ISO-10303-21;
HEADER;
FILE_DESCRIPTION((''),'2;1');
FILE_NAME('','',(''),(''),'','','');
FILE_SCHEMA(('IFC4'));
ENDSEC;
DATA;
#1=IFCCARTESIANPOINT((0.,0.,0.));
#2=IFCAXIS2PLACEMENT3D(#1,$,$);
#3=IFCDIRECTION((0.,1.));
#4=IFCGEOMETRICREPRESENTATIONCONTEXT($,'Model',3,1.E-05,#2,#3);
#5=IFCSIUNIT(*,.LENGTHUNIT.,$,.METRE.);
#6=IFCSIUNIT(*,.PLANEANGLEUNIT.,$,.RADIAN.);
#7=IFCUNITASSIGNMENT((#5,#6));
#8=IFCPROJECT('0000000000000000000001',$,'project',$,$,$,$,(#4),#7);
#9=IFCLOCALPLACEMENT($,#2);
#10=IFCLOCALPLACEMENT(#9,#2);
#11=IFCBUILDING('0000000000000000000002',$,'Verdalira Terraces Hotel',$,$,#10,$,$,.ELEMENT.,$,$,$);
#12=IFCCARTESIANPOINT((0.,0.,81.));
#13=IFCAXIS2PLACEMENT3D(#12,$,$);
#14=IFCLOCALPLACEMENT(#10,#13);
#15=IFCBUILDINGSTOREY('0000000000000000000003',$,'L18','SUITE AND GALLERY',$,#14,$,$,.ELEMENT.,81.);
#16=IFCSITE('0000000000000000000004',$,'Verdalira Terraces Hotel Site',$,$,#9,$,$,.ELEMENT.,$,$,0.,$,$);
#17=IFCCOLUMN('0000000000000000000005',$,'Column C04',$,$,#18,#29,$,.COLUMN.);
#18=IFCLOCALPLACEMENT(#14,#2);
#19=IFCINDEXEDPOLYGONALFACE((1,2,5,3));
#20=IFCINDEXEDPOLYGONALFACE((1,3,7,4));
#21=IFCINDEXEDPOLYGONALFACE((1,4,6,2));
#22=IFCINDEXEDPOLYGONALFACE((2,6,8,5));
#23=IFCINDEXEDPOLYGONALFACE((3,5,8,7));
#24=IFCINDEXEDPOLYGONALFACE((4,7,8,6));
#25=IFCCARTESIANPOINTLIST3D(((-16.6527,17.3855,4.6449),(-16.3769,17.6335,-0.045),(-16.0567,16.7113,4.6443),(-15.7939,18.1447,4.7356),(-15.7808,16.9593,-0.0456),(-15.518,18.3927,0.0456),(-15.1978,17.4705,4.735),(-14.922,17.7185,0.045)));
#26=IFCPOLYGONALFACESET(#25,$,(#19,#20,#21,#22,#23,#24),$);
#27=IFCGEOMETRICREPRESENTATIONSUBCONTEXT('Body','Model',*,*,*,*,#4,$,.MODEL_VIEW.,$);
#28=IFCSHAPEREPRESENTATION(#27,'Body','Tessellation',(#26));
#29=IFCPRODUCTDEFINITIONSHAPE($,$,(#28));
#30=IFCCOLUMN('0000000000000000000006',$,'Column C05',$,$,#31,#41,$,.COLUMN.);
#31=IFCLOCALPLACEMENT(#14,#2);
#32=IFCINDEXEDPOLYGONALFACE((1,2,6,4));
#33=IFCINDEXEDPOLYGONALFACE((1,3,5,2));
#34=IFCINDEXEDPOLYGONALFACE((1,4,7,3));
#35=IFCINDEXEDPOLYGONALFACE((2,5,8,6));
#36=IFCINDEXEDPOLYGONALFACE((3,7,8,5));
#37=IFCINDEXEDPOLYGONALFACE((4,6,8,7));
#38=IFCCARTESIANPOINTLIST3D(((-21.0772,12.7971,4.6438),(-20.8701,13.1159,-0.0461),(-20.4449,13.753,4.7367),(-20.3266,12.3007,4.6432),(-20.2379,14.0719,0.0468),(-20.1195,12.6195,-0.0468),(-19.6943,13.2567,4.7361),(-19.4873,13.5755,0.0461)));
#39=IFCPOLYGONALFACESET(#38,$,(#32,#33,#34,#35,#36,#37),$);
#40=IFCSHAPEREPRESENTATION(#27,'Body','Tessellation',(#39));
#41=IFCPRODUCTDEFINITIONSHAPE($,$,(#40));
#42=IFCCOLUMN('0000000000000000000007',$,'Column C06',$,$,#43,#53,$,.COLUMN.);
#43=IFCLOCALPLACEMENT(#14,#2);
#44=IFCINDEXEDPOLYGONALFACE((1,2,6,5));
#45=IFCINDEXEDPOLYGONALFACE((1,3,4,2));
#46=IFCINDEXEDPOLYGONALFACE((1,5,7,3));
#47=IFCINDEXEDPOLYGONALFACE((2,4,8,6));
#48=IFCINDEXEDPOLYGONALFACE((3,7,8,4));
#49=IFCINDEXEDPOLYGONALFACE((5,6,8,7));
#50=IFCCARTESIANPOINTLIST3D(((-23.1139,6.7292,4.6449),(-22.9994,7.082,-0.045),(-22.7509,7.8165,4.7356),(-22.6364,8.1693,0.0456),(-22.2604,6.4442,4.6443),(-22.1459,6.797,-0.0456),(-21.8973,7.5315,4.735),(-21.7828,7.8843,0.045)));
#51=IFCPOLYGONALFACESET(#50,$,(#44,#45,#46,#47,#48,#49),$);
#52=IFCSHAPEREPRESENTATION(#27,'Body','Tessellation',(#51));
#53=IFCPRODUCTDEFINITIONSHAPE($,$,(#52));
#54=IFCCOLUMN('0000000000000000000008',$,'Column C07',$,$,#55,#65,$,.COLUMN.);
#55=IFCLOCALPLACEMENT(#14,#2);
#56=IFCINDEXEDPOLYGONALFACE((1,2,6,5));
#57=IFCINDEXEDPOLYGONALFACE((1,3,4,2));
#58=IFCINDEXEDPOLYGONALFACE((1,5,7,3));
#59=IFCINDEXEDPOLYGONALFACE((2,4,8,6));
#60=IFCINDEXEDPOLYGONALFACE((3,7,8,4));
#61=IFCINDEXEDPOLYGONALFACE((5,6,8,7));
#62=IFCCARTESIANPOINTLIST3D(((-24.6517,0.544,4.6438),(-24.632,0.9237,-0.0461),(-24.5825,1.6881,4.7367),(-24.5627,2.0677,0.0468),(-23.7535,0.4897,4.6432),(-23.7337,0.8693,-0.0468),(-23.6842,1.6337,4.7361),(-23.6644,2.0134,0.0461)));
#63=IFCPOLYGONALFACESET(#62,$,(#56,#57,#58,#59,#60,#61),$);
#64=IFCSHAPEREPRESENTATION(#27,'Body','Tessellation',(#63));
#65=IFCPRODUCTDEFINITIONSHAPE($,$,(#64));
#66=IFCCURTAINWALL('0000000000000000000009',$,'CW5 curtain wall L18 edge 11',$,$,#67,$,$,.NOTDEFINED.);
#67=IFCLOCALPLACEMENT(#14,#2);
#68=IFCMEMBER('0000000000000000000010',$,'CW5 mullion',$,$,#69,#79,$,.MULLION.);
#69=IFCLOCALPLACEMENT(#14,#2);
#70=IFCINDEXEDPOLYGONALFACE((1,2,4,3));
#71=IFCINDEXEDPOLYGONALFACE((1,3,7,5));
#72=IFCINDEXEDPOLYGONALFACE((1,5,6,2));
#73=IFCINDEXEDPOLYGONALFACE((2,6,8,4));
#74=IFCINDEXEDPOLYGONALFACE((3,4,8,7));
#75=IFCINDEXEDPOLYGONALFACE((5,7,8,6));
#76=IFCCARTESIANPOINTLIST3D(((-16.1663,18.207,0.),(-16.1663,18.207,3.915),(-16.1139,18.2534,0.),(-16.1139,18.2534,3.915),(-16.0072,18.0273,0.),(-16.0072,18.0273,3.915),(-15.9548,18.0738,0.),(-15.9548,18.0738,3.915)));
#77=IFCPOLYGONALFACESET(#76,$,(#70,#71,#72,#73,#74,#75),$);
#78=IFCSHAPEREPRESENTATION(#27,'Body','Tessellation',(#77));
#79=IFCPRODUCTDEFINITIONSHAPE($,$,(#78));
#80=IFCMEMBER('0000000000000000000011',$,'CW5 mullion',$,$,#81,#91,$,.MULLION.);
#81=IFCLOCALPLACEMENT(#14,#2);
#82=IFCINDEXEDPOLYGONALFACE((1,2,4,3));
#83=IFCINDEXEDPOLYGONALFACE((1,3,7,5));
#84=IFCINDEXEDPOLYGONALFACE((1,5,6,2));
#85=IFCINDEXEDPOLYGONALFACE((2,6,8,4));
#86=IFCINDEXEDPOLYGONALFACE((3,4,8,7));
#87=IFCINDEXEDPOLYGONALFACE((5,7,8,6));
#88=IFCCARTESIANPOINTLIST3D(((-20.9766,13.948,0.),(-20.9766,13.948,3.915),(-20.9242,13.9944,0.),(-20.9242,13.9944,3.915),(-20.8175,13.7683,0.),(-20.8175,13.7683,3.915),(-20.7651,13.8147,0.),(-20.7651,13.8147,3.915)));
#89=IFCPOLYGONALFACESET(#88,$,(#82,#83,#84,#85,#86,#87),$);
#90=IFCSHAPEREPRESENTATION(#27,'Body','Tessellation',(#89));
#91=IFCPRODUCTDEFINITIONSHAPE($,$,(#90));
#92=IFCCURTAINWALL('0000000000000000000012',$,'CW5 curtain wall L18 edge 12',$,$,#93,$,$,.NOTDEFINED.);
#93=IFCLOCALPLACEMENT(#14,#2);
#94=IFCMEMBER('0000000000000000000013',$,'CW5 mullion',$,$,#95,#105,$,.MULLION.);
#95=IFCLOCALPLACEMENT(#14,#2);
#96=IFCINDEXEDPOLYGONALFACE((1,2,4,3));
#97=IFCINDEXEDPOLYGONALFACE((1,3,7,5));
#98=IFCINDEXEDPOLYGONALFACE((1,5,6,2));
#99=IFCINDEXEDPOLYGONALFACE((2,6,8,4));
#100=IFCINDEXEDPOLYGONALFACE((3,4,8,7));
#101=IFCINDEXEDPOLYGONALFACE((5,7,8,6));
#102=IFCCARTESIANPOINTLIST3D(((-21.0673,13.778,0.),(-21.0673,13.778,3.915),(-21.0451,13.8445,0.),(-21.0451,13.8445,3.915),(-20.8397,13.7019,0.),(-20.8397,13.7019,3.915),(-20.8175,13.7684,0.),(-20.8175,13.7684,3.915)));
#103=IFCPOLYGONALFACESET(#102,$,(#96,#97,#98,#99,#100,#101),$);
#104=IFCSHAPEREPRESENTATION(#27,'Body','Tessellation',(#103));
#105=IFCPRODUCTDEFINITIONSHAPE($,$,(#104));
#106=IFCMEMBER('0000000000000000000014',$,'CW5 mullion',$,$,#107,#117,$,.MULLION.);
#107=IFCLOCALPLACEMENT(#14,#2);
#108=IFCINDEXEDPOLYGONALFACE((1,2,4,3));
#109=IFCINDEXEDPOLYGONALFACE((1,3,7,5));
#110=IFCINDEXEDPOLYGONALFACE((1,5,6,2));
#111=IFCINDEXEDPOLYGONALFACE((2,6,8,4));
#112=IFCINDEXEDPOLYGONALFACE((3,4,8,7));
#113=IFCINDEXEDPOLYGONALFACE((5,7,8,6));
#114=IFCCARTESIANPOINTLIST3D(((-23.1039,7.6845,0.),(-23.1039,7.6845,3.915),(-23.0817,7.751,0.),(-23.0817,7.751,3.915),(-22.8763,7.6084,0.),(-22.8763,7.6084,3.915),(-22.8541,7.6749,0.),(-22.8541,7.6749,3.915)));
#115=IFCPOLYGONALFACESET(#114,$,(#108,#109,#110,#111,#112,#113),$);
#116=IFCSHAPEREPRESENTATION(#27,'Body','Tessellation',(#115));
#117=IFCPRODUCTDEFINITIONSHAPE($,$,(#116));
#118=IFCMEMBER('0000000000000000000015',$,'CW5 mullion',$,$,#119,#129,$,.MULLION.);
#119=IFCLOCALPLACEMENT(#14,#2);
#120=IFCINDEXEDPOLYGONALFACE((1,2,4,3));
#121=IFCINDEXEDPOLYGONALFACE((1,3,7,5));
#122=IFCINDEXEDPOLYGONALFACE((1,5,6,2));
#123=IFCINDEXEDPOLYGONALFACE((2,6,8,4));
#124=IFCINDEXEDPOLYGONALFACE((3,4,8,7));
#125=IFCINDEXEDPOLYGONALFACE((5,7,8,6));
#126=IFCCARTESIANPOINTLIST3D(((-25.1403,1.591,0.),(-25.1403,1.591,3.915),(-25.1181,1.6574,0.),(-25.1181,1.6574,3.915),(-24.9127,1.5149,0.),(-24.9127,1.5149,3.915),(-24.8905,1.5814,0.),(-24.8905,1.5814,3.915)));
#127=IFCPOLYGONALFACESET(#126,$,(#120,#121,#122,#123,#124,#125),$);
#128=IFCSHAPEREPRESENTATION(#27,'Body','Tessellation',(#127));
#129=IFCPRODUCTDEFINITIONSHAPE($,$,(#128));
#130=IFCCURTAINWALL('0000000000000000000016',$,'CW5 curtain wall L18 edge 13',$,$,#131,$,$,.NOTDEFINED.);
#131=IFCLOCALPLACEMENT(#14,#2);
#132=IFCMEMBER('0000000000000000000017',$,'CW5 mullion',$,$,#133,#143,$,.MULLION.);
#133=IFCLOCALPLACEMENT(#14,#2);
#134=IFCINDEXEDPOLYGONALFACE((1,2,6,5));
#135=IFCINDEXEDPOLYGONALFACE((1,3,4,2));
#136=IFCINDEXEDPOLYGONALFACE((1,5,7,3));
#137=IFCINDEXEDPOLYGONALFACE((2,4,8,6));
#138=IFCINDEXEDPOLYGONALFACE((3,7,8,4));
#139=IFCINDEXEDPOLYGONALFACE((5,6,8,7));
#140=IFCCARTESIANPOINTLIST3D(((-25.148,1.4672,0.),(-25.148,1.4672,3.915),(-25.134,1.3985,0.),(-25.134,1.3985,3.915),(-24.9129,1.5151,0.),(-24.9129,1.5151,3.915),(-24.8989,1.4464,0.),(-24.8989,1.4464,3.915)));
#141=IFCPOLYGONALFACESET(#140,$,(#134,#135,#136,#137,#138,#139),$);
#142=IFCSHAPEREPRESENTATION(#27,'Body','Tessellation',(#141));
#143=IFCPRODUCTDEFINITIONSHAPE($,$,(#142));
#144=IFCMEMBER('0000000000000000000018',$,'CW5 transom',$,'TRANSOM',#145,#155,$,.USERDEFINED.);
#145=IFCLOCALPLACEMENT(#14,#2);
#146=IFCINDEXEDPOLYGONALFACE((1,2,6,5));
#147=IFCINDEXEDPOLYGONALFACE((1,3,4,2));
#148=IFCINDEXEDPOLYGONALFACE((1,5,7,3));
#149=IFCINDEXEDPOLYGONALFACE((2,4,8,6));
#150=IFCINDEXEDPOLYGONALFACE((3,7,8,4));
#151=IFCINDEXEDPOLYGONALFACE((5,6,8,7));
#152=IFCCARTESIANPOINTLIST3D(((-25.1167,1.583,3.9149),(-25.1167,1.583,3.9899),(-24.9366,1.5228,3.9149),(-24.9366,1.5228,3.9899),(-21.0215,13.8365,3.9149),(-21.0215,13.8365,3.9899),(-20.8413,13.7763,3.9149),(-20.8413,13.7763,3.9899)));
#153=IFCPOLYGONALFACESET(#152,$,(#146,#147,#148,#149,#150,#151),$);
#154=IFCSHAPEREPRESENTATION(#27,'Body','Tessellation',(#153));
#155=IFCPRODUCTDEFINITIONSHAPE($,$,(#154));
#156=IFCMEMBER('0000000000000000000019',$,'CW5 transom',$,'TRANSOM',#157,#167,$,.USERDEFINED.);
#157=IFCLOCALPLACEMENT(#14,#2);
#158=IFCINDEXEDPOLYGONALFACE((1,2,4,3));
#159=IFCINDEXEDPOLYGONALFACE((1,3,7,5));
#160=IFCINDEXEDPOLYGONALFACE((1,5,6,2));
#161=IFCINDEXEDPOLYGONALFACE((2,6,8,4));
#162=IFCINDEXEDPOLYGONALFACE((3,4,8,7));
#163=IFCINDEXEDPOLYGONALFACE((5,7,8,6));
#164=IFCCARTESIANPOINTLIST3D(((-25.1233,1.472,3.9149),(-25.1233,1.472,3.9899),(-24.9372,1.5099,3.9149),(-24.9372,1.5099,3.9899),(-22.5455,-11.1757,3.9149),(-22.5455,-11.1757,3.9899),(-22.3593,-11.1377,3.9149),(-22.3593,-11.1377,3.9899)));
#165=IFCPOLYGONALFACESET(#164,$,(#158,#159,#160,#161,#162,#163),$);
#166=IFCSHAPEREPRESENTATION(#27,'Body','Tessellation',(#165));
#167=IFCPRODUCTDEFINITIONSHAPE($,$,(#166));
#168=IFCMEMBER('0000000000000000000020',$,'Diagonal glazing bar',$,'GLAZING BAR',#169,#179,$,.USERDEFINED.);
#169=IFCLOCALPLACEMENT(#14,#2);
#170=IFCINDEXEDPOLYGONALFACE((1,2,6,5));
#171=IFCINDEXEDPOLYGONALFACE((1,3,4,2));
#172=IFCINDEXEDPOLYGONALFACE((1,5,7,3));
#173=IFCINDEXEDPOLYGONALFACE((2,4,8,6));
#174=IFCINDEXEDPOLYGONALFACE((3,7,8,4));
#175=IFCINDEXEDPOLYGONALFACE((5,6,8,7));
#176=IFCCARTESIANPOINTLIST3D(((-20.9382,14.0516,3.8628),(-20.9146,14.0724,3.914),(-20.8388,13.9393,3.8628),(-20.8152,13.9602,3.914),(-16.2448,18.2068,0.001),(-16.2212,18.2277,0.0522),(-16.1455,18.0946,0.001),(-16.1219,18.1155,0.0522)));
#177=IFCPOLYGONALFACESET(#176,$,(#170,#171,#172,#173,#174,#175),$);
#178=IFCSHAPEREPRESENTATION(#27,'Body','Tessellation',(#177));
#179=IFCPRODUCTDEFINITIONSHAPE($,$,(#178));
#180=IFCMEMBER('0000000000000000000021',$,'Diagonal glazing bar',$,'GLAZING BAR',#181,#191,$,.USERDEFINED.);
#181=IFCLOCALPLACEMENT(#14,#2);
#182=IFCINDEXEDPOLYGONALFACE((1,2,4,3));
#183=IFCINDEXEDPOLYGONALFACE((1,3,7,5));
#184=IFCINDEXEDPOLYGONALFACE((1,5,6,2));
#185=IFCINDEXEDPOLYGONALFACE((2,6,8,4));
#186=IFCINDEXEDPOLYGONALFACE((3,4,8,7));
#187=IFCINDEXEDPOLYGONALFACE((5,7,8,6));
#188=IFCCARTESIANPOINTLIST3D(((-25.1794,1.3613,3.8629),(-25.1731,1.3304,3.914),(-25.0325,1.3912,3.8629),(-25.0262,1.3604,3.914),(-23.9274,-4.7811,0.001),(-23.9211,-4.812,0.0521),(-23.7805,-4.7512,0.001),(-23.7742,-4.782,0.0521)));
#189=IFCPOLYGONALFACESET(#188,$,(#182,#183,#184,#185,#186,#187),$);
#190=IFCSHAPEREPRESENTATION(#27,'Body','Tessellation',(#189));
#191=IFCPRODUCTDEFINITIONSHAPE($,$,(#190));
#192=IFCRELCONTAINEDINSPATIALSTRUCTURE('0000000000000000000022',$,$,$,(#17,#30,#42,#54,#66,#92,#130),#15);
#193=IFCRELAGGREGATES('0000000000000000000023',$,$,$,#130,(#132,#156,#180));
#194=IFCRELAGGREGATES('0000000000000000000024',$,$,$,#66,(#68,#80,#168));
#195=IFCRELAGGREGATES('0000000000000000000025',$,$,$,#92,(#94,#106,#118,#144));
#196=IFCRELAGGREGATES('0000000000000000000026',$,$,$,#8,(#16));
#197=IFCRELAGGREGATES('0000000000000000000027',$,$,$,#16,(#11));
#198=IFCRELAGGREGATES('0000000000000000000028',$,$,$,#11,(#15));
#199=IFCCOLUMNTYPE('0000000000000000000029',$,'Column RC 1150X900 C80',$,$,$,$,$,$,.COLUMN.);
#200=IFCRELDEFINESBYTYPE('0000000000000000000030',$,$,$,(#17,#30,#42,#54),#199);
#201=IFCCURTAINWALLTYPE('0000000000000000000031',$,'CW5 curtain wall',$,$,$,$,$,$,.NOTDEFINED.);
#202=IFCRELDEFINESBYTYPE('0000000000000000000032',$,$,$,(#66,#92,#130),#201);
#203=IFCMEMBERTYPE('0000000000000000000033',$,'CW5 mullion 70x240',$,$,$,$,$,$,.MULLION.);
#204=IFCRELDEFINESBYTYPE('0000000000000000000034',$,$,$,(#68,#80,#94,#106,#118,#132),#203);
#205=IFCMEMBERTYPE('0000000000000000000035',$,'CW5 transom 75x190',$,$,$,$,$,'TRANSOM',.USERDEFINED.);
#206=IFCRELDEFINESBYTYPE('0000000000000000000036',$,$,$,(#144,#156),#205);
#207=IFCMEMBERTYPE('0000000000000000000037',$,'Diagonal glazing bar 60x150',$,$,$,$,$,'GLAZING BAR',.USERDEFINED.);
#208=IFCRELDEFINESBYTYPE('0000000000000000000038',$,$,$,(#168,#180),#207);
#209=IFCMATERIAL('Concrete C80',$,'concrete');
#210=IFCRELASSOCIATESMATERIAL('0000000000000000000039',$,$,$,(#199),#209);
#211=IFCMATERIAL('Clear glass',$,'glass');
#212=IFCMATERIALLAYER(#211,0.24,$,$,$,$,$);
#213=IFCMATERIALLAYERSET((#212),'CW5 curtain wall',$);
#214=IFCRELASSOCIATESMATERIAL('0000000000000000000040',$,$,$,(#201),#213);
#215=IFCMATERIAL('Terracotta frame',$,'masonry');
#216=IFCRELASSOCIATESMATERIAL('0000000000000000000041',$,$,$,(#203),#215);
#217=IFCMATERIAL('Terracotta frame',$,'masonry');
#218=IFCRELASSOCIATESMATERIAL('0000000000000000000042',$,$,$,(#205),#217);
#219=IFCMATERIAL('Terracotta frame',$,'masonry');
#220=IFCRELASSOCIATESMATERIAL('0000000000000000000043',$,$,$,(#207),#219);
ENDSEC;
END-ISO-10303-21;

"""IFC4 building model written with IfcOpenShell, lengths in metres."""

from ifc_helpers import new_model, si_unit, direction, frame, origin, origin_2d, place, context, subcontext, project, spatial, rectangle, extrude, material, layer, layer_set, material_profile, profile_set, type_object, element, aggregate, save


model = new_model("IFC4")

# Units and contexts
model_context = context("Model", 3, precision=1e-05, world=origin(), true_north=direction((0.0, 1.0)))
body_context = subcontext(model_context, "Body", "Model", "MODEL_VIEW")
ifc_project = project(units=[si_unit("LENGTHUNIT", "METRE"), si_unit("PLANEANGLEUNIT", "RADIAN")], contexts=[model_context])

# Site, building, storey
site_placement = place(None, origin())
site = spatial("IfcSite", under=ifc_project, at=site_placement, Name="Verdalira Terraces Hotel Site", CompositionType="ELEMENT", RefElevation=0.0)
building_placement = place(site_placement, origin())
building = spatial("IfcBuilding", under=site, at=building_placement, Name="Verdalira Terraces Hotel", CompositionType="ELEMENT")
storey_placement = place(building_placement, frame((0.0, 0.0, 81.0)))
storey = spatial("IfcBuildingStorey", under=building, at=storey_placement, Name="L18", Description="SUITE AND GALLERY", CompositionType="ELEMENT", Elevation=81.0)

# Columns
ifc_material_1 = material(Name="Concrete C80", Category="concrete")
ifc_material_profile_1 = material_profile(ifc_material_1, rectangle(XDim=1.1499, YDim=0.8999, at=origin_2d()), Name="RC 1150X900")
ifc_profile_set_1 = profile_set([ifc_material_profile_1], Name="Concrete C80")
column_type = type_object("IfcColumnType", Name="Column RC 1150X900 C80", PredefinedType="COLUMN", material=ifc_profile_set_1)
column_1_placement = place(storey_placement, frame((-15.6494, 17.676, 0.0), z_axis=(-0.05864, -0.052724, 0.996886), x_axis=(-0.746898, -0.660246, -0.078855)))
element("IfcColumn", 1, at=column_1_placement, inside=storey, type_object=column_type, Name="Column C04", PredefinedType="COLUMN", context=body_context, shape_type="SweptSolid", body=[
    extrude(rectangle(XDim=1.1499, YDim=0.8999, at=origin_2d()), origin(), (0.0, 0.0, 1.0), 4.7046),
])
column_2_placement = place(storey_placement, frame((-20.1787, 13.3457, 0.0), z_axis=(-0.043999, -0.067763, 0.996731), x_axis=(0.549832, 0.831359, 0.080792)))
element("IfcColumn", 2, at=column_2_placement, inside=storey, type_object=column_type, Name="Column C05", PredefinedType="COLUMN", context=body_context, shape_type="SweptSolid", body=[
    extrude(rectangle(XDim=1.1499, YDim=0.8999, at=origin_2d()), origin(), (0.0, 0.0, 1.0), 4.7053),
])
column_3_placement = place(storey_placement, frame((-22.3911, 7.4832, 0.0), z_axis=(-0.024338, -0.074987, 0.996887), x_axis=(-0.315735, -0.945567, -0.078835)))
element("IfcColumn", 3, at=column_3_placement, inside=storey, type_object=column_type, Name="Column C06", PredefinedType="COLUMN", context=body_context, shape_type="SweptSolid", body=[
    extrude(rectangle(XDim=1.1499, YDim=0.8999, at=origin_2d()), origin(), (0.0, 0.0, 1.0), 4.7046),
])
column_4_placement = place(storey_placement, frame((-24.1482, 1.4685, 0.0), z_axis=(-0.004203, -0.080683, 0.996731), x_axis=(0.060242, 0.994909, 0.080789)))
element("IfcColumn", 4, at=column_4_placement, inside=storey, type_object=column_type, Name="Column C07", PredefinedType="COLUMN", context=body_context, shape_type="SweptSolid", body=[
    extrude(rectangle(XDim=1.1499, YDim=0.8999, at=origin_2d()), origin(), (0.0, 0.0, 1.0), 4.7053),
])

# Curtain walls, members
ifc_material_2 = material(Name="Clear glass", Category="glass")
ifc_layer_1 = layer(ifc_material_2, 0.24)
ifc_layer_set_1 = layer_set([ifc_layer_1], Name="CW5 curtain wall")
curtain_wall_type = type_object("IfcCurtainWallType", Name="CW5 curtain wall", PredefinedType="NOTDEFINED", material=ifc_layer_set_1)
curtain_wall_1_placement = place(storey_placement, origin())
curtain_wall_1 = element("IfcCurtainWall", 5, at=curtain_wall_1_placement, inside=storey, type_object=curtain_wall_type, Name="CW5 curtain wall L18 edge 11", PredefinedType="NOTDEFINED")
ifc_material_3 = material(Name="Terracotta frame", Category="masonry")
ifc_material_profile_2 = material_profile(ifc_material_3, rectangle(XDim=0.0701, YDim=0.24, at=origin_2d()), Name="MU 70x240")
ifc_profile_set_2 = profile_set([ifc_material_profile_2], Name="Terracotta frame")
member_type_1 = type_object("IfcMemberType", Name="CW5 mullion 70x240", PredefinedType="MULLION", material=ifc_profile_set_2)
member_1_placement = place(storey_placement, frame((-16.0605, 18.1404, 0.0), z_axis=(0.0, 0.0, 1.0), x_axis=(-0.748724, -0.662881, 0.0)))
member_1 = element("IfcMember", 6, at=member_1_placement, type_object=member_type_1, Name="CW5 mullion", PredefinedType="MULLION", context=body_context, shape_type="SweptSolid", body=[
    extrude(rectangle(XDim=0.0701, YDim=0.24, at=origin_2d()), origin(), (0.0, 0.0, 1.0), 3.915),
])
member_2_placement = place(storey_placement, frame((-20.8709, 13.8813, 0.0), z_axis=(0.0, 0.0, 1.0), x_axis=(-0.748724, -0.662881, 0.0)))
member_2 = element("IfcMember", 7, at=member_2_placement, type_object=member_type_1, Name="CW5 mullion", PredefinedType="MULLION", context=body_context, shape_type="SweptSolid", body=[
    extrude(rectangle(XDim=0.0701, YDim=0.24, at=origin_2d()), origin(), (0.0, 0.0, 1.0), 3.915),
])
curtain_wall_2_placement = place(storey_placement, origin())
curtain_wall_2 = element("IfcCurtainWall", 8, at=curtain_wall_2_placement, inside=storey, type_object=curtain_wall_type, Name="CW5 curtain wall L18 edge 12", PredefinedType="NOTDEFINED")
member_3_placement = place(storey_placement, frame((-20.9424, 13.7732, 0.0), z_axis=(0.0, 0.0, 1.0), x_axis=(-0.316974, -0.948434, 0.0)))
member_3 = element("IfcMember", 9, at=member_3_placement, type_object=member_type_1, Name="CW5 mullion", PredefinedType="MULLION", context=body_context, shape_type="SweptSolid", body=[
    extrude(rectangle(XDim=0.0701, YDim=0.24, at=origin_2d()), origin(), (0.0, 0.0, 1.0), 3.915),
])
member_4_placement = place(storey_placement, frame((-22.979, 7.6797, 0.0), z_axis=(0.0, 0.0, 1.0), x_axis=(-0.316974, -0.948434, 0.0)))
member_4 = element("IfcMember", 10, at=member_4_placement, type_object=member_type_1, Name="CW5 mullion", PredefinedType="MULLION", context=body_context, shape_type="SweptSolid", body=[
    extrude(rectangle(XDim=0.0701, YDim=0.24, at=origin_2d()), origin(), (0.0, 0.0, 1.0), 3.915),
])
member_5_placement = place(storey_placement, frame((-25.0154, 1.5862, 0.0), z_axis=(0.0, 0.0, 1.0), x_axis=(-0.316974, -0.948434, 0.0)))
member_5 = element("IfcMember", 11, at=member_5_placement, type_object=member_type_1, Name="CW5 mullion", PredefinedType="MULLION", context=body_context, shape_type="SweptSolid", body=[
    extrude(rectangle(XDim=0.0701, YDim=0.24, at=origin_2d()), origin(), (0.0, 0.0, 1.0), 3.915),
])

# Curtain wall, member
curtain_wall_3_placement = place(storey_placement, origin())
curtain_wall_3 = element("IfcCurtainWall", 12, at=curtain_wall_3_placement, inside=storey, type_object=curtain_wall_type, Name="CW5 curtain wall L18 edge 13", PredefinedType="NOTDEFINED")
member_6_placement = place(storey_placement, frame((-25.0234, 1.4568, 0.0), z_axis=(0.0, 0.0, 1.0), x_axis=(0.19971, -0.979855, 0.0)))
member_6 = element("IfcMember", 13, at=member_6_placement, type_object=member_type_1, Name="CW5 mullion", PredefinedType="MULLION", context=body_context, shape_type="SweptSolid", body=[
    extrude(rectangle(XDim=0.0701, YDim=0.24, at=origin_2d()), origin(), (0.0, 0.0, 1.0), 3.915),
])

# Members
ifc_material_4 = material(Name="Terracotta frame", Category="masonry")
ifc_material_profile_3 = material_profile(ifc_material_4, rectangle(XDim=0.1899, YDim=0.075, at=origin_2d()), Name="TR 75x190")
ifc_profile_set_3 = profile_set([ifc_material_profile_3], Name="Terracotta frame")
member_type_2 = type_object("IfcMemberType", Name="CW5 transom 75x190", ElementType="TRANSOM", PredefinedType="USERDEFINED", material=ifc_profile_set_3)
member_7_placement = place(storey_placement, frame((-20.9314, 13.8064, 3.9524), z_axis=(-0.316976, -0.948434, 0.0), x_axis=(0.948434, -0.316976, 0.0)))
member_7 = element("IfcMember", 14, at=member_7_placement, type_object=member_type_2, Name="CW5 transom", ObjectType="TRANSOM", PredefinedType="USERDEFINED", context=body_context, shape_type="SweptSolid", body=[
    extrude(rectangle(XDim=0.1899, YDim=0.075, at=origin_2d()), origin(), (0.0, 0.0, 1.0), 12.9197),
])
member_8_placement = place(storey_placement, frame((-25.0303, 1.491, 3.9524), z_axis=(0.199716, -0.979854, 0.0), x_axis=(0.979854, 0.199716, 0.0)))
member_8 = element("IfcMember", 15, at=member_8_placement, type_object=member_type_2, Name="CW5 transom", ObjectType="TRANSOM", PredefinedType="USERDEFINED", context=body_context, shape_type="SweptSolid", body=[
    extrude(rectangle(XDim=0.1899, YDim=0.075, at=origin_2d()), origin(), (0.0, 0.0, 1.0), 12.9077),
])
ifc_material_5 = material(Name="Terracotta frame", Category="masonry")
ifc_material_profile_4 = material_profile(ifc_material_5, rectangle(XDim=0.1499, YDim=0.0601, at=origin_2d()), Name="GB 60x150")
ifc_profile_set_4 = profile_set([ifc_material_profile_4], Name="Terracotta frame")
member_type_3 = type_object("IfcMemberType", Name="Diagonal glazing bar 60x150", ElementType="GLAZING BAR", PredefinedType="USERDEFINED", material=ifc_profile_set_4)
member_9_placement = place(storey_placement, frame((-16.1834, 18.1611, 0.0266), z_axis=(-0.637461, -0.564378, 0.52452), x_axis=(0.662883, -0.748723, 0.0)))
member_9 = element("IfcMember", 16, at=member_9_placement, type_object=member_type_3, Name="Diagonal glazing bar", ObjectType="GLAZING BAR", PredefinedType="USERDEFINED", context=body_context, shape_type="SweptSolid", body=[
    extrude(rectangle(XDim=0.1499, YDim=0.0601, at=origin_2d()), origin(), (0.0, 0.0, 1.0), 7.3625),
])
member_10_placement = place(storey_placement, frame((-25.1028, 1.3608, 3.8884), z_axis=(0.17004, -0.834251, -0.524511), x_axis=(0.979854, 0.199717, 0.0)))
member_10 = element("IfcMember", 17, at=member_10_placement, type_object=member_type_3, Name="Diagonal glazing bar", ObjectType="GLAZING BAR", PredefinedType="USERDEFINED", context=body_context, shape_type="SweptSolid", body=[
    extrude(rectangle(XDim=0.1499, YDim=0.0601, at=origin_2d()), origin(), (0.0, 0.0, 1.0), 7.3628),
])
aggregate(curtain_wall_3, [member_6, member_8, member_10])

aggregate(curtain_wall_1, [member_1, member_2, member_9])
aggregate(curtain_wall_2, [member_3, member_4, member_5, member_7])

save(model, "model.ifc")
